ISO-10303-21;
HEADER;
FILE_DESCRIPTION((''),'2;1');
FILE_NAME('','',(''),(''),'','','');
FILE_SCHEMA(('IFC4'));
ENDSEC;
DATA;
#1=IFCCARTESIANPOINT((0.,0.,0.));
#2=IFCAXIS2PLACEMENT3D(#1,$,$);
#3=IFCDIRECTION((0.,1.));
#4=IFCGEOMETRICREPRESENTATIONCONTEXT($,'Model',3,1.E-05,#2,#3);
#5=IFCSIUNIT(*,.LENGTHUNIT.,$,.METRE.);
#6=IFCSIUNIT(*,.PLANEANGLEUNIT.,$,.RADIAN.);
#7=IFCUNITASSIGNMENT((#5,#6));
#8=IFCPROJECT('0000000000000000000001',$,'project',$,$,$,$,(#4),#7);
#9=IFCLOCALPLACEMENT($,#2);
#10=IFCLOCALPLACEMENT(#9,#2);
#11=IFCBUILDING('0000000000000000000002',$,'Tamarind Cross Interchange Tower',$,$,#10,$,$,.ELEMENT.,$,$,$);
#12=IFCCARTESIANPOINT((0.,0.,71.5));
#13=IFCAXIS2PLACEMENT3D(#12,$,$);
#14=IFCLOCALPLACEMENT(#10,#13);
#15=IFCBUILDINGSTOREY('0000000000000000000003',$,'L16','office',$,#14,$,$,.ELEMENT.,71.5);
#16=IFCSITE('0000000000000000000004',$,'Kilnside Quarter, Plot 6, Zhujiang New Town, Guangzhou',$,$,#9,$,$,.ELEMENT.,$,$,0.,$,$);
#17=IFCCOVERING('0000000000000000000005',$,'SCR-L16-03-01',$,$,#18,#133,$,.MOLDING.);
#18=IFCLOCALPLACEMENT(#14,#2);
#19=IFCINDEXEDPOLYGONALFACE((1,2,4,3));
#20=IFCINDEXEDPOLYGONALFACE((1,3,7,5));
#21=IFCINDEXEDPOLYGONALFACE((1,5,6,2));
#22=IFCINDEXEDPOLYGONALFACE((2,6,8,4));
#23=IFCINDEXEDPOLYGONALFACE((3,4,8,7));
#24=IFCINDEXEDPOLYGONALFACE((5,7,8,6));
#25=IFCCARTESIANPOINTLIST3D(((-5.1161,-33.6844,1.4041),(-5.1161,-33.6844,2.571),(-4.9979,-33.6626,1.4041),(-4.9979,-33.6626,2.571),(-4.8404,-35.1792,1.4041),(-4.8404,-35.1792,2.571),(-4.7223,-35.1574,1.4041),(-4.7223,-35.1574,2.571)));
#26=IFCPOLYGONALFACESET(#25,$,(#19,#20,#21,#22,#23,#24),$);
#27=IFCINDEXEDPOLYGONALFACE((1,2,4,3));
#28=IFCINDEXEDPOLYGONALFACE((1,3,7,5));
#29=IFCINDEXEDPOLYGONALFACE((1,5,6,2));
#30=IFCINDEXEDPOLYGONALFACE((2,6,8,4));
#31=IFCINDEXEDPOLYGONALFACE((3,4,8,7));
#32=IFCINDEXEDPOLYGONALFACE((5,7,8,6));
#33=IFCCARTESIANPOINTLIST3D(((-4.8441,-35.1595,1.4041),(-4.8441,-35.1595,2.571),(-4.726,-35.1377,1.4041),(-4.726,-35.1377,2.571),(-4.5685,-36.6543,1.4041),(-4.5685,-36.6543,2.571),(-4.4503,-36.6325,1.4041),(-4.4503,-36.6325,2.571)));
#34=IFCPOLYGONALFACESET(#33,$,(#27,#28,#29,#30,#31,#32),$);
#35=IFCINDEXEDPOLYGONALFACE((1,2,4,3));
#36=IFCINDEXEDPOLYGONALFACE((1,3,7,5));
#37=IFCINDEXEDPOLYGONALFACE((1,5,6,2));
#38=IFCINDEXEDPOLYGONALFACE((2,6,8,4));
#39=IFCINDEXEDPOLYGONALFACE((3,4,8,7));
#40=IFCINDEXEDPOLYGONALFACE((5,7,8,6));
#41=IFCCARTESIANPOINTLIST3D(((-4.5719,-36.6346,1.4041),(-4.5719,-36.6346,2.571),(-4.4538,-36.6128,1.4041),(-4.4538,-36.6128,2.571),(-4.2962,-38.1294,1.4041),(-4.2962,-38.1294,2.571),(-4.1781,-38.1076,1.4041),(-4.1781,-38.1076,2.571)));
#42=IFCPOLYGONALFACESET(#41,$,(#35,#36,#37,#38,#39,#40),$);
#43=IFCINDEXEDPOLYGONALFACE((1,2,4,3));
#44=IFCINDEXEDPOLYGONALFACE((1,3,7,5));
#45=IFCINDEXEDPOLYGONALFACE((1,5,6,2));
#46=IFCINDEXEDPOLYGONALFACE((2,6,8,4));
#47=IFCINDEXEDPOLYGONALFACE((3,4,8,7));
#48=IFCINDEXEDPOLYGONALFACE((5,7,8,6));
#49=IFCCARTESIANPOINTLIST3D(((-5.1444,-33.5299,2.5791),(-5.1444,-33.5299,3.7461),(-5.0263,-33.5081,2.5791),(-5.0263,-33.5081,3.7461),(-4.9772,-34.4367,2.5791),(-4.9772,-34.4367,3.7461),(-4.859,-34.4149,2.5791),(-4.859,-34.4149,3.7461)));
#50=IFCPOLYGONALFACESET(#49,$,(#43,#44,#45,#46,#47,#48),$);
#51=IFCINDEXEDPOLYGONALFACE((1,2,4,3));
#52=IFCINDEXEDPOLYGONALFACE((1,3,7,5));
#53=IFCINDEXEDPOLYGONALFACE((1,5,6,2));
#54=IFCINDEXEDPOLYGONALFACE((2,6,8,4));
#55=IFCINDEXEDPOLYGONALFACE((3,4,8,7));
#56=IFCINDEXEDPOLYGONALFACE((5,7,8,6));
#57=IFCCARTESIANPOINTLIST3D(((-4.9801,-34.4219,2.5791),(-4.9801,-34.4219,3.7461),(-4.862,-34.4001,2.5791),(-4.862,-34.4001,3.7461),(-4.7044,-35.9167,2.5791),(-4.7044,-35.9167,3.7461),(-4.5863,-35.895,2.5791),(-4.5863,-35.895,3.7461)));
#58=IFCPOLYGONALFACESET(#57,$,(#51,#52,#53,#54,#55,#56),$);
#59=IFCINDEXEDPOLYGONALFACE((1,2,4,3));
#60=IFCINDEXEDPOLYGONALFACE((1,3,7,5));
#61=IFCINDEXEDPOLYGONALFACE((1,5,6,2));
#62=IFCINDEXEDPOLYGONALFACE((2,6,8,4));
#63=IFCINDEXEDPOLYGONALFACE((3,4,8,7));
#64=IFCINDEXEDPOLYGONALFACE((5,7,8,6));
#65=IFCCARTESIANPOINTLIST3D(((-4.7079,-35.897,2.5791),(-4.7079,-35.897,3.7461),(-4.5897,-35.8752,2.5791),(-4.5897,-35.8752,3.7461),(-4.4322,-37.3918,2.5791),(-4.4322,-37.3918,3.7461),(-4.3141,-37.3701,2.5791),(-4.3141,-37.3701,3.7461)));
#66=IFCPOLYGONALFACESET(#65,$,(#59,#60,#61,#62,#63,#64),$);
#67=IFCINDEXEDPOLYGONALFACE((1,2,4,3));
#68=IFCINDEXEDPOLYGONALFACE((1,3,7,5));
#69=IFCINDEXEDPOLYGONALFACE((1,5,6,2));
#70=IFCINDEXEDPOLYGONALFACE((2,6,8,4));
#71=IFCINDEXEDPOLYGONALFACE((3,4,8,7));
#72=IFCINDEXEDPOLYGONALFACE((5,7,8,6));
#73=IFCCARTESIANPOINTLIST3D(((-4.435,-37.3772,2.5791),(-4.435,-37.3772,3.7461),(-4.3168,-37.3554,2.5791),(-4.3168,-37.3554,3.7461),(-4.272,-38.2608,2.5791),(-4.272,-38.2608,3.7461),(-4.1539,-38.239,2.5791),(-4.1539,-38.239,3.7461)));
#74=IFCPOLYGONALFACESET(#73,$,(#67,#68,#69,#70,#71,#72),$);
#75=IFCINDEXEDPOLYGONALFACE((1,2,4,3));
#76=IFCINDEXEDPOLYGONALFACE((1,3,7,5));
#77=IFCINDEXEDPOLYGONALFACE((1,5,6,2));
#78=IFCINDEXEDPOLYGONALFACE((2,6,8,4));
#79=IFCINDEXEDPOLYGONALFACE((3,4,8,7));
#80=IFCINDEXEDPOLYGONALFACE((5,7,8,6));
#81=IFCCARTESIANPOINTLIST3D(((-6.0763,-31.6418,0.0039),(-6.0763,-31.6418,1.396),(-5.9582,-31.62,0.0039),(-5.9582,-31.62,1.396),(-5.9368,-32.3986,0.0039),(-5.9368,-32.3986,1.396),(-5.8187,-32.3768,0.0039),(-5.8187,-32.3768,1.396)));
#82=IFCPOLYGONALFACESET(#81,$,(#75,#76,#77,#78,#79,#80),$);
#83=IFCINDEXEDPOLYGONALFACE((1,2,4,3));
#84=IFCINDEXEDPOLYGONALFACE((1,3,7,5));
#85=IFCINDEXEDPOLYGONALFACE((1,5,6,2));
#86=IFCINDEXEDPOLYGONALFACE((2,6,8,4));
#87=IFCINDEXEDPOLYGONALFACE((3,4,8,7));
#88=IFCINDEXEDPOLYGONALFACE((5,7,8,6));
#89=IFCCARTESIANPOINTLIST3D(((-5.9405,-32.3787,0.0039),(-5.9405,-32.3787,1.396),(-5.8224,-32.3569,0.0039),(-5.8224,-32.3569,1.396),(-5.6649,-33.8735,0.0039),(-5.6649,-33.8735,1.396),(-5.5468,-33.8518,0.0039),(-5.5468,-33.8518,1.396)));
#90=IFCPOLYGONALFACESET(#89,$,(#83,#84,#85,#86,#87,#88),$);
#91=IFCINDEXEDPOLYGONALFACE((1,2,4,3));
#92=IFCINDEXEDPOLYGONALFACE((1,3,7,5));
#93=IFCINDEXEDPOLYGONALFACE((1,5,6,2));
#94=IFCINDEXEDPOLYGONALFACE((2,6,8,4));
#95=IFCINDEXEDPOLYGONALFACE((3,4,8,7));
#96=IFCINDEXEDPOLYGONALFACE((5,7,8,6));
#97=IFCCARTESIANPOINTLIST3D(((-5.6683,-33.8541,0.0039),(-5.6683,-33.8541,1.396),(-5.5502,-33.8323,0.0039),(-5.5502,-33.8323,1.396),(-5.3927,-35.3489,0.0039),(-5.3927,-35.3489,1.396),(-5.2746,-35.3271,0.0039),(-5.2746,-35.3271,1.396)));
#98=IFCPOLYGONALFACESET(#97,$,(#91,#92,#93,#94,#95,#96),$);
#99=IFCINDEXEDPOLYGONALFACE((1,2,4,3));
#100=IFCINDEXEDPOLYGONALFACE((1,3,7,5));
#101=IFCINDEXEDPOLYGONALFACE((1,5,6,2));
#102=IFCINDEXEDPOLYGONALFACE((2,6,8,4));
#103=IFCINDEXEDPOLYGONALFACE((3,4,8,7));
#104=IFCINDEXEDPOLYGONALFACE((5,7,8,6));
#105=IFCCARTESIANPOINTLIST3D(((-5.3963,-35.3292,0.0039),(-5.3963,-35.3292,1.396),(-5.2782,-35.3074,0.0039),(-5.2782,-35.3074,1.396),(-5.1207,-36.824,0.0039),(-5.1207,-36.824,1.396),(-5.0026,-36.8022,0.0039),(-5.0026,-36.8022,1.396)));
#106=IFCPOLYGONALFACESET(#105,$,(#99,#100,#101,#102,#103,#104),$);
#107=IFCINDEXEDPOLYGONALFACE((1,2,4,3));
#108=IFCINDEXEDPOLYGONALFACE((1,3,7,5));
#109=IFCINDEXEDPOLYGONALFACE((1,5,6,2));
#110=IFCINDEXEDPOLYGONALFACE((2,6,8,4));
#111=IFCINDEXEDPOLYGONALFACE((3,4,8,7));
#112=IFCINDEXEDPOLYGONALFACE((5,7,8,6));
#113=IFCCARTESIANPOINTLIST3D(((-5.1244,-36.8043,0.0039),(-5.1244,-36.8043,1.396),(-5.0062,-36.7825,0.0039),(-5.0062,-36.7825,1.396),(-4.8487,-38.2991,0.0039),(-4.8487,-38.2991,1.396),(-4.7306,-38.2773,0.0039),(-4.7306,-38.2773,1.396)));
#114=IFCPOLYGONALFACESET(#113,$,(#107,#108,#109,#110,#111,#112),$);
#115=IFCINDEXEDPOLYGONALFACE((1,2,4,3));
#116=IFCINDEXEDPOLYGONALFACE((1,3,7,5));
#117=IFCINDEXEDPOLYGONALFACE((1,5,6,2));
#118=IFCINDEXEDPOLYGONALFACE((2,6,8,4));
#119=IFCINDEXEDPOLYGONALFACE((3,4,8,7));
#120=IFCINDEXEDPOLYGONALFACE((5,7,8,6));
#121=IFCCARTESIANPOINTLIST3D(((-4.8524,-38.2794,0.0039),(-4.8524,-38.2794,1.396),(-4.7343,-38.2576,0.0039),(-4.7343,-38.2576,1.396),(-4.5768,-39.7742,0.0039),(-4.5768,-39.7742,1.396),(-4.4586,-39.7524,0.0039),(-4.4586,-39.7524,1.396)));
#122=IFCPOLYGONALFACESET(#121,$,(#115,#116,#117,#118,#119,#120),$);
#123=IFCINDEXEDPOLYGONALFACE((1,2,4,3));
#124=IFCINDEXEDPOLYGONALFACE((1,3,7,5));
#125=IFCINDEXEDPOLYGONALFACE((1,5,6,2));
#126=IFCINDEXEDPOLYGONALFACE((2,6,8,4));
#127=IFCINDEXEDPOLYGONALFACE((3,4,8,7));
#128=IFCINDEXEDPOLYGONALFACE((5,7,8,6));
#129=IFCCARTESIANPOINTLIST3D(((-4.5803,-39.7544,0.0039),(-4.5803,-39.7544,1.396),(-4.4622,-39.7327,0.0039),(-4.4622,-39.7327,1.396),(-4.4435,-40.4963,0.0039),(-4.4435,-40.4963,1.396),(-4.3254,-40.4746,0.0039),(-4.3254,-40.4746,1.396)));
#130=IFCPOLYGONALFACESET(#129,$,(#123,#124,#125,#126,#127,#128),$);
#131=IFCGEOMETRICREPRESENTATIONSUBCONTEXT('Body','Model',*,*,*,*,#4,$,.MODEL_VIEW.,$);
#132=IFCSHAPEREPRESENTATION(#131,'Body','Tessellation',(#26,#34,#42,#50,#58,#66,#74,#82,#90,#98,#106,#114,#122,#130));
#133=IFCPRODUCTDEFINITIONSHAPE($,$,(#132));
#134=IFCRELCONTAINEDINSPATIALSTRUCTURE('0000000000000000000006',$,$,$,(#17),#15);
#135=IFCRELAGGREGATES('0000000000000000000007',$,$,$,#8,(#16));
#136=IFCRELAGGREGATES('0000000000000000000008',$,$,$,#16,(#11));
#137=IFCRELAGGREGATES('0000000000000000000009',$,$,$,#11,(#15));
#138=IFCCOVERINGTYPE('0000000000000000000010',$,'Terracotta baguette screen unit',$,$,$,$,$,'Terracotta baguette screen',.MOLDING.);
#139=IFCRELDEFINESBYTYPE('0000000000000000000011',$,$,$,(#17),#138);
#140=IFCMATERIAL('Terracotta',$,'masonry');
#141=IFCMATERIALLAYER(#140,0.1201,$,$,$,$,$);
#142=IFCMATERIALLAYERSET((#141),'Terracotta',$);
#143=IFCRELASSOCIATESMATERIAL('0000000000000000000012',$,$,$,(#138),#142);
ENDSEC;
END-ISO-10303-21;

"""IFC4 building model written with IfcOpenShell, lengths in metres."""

from ifc_helpers import new_model, si_unit, direction, frame, origin, origin_2d, place, context, subcontext, project, spatial, rectangle, extrude, material, layer, layer_set, type_object, element, save


model = new_model("IFC4")

# Units and contexts
model_context = context("Model", 3, precision=1e-05, world=origin(), true_north=direction((0.0, 1.0)))
body_context = subcontext(model_context, "Body", "Model", "MODEL_VIEW")
ifc_project = project(units=[si_unit("LENGTHUNIT", "METRE"), si_unit("PLANEANGLEUNIT", "RADIAN")], contexts=[model_context])

# Site, building, storey
site_placement = place(None, origin())
site = spatial("IfcSite", under=ifc_project, at=site_placement, Name="Kilnside Quarter, Plot 6, Zhujiang New Town, Guangzhou", CompositionType="ELEMENT", RefElevation=0.0)
building_placement = place(site_placement, origin())
building = spatial("IfcBuilding", under=site, at=building_placement, Name="Tamarind Cross Interchange Tower", CompositionType="ELEMENT")
storey_placement = place(building_placement, frame((0.0, 0.0, 71.5)))
storey = spatial("IfcBuildingStorey", under=building, at=storey_placement, Name="L16", Description="office", CompositionType="ELEMENT", Elevation=71.5)

# Covering
ifc_material_1 = material(Name="Terracotta", Category="masonry")
ifc_layer_1 = layer(ifc_material_1, 0.1201)
ifc_layer_set_1 = layer_set([ifc_layer_1], Name="Terracotta")
covering_type = type_object("IfcCoveringType", Name="Terracotta baguette screen unit", ElementType="Terracotta baguette screen", PredefinedType="MOLDING", material=ifc_layer_set_1)
covering_1_placement = place(storey_placement, origin())
element("IfcCovering", 1, at=covering_1_placement, inside=storey, type_object=covering_type, Name="SCR-L16-03-01", PredefinedType="MOLDING", context=body_context, shape_type="SweptSolid", body=[
    extrude(rectangle(XDim=1.52, YDim=0.1201, at=origin_2d()), frame((-4.9192, -34.4209, 1.4041), z_axis=(0.0, 0.0, 1.0), x_axis=(0.181343, -0.98342, 0.0)), (0.0, 0.0, 1.0), 1.167),
    extrude(rectangle(XDim=1.52, YDim=0.1201, at=origin_2d()), frame((-4.6472, -35.896, 1.4041), z_axis=(0.0, 0.0, 1.0), x_axis=(0.181343, -0.98342, 0.0)), (0.0, 0.0, 1.0), 1.167),
    extrude(rectangle(XDim=1.52, YDim=0.1201, at=origin_2d()), frame((-4.375, -37.3711, 1.4041), z_axis=(0.0, 0.0, 1.0), x_axis=(0.181343, -0.98342, 0.0)), (0.0, 0.0, 1.0), 1.167),
    extrude(rectangle(XDim=0.9221, YDim=0.1201, at=origin_2d()), frame((-5.0017, -33.9724, 2.5791), z_axis=(0.0, 0.0, 1.0), x_axis=(0.181343, -0.98342, 0.0)), (0.0, 0.0, 1.0), 1.167),
    extrude(rectangle(XDim=1.52, YDim=0.1201, at=origin_2d()), frame((-4.7832, -35.1584, 2.5791), z_axis=(0.0, 0.0, 1.0), x_axis=(0.181343, -0.98342, 0.0)), (0.0, 0.0, 1.0), 1.167),
    extrude(rectangle(XDim=1.52, YDim=0.1201, at=origin_2d()), frame((-4.511, -36.6335, 2.5791), z_axis=(0.0, 0.0, 1.0), x_axis=(0.181343, -0.98342, 0.0)), (0.0, 0.0, 1.0), 1.167),
    extrude(rectangle(XDim=0.8984, YDim=0.1201, at=origin_2d()), frame((-4.2944, -37.8081, 2.5791), z_axis=(0.0, 0.0, 1.0), x_axis=(0.181343, -0.98342, 0.0)), (0.0, 0.0, 1.0), 1.167),
    extrude(rectangle(XDim=0.7695, YDim=0.1201, at=origin_2d()), frame((-5.9475, -32.0093, 0.0039), z_axis=(0.0, 0.0, 1.0), x_axis=(0.181343, -0.98342, 0.0)), (0.0, 0.0, 1.0), 1.3921),
    extrude(rectangle(XDim=1.52, YDim=0.1201, at=origin_2d()), frame((-5.7437, -33.1152, 0.0039), z_axis=(0.0, 0.0, 1.0), x_axis=(0.181343, -0.98342, 0.0)), (0.0, 0.0, 1.0), 1.3921),
    extrude(rectangle(XDim=1.52, YDim=0.1201, at=origin_2d()), frame((-5.4714, -34.5906, 0.0039), z_axis=(0.0, 0.0, 1.0), x_axis=(0.181343, -0.98342, 0.0)), (0.0, 0.0, 1.0), 1.3921),
    extrude(rectangle(XDim=1.52, YDim=0.1201, at=origin_2d()), frame((-5.1995, -36.0657, 0.0039), z_axis=(0.0, 0.0, 1.0), x_axis=(0.181343, -0.98342, 0.0)), (0.0, 0.0, 1.0), 1.3921),
    extrude(rectangle(XDim=1.52, YDim=0.1201, at=origin_2d()), frame((-4.9275, -37.5408, 0.0039), z_axis=(0.0, 0.0, 1.0), x_axis=(0.181343, -0.98342, 0.0)), (0.0, 0.0, 1.0), 1.3921),
    extrude(rectangle(XDim=1.52, YDim=0.1201, at=origin_2d()), frame((-4.6555, -39.0159, 0.0039), z_axis=(0.0, 0.0, 1.0), x_axis=(0.181343, -0.98342, 0.0)), (0.0, 0.0, 1.0), 1.3921),
    extrude(rectangle(XDim=0.7544, YDim=0.1201, at=origin_2d()), frame((-4.4529, -40.1145, 0.0039), z_axis=(0.0, 0.0, 1.0), x_axis=(0.181343, -0.98342, 0.0)), (0.0, 0.0, 1.0), 1.3921),
])

save(model, "model.ifc")
